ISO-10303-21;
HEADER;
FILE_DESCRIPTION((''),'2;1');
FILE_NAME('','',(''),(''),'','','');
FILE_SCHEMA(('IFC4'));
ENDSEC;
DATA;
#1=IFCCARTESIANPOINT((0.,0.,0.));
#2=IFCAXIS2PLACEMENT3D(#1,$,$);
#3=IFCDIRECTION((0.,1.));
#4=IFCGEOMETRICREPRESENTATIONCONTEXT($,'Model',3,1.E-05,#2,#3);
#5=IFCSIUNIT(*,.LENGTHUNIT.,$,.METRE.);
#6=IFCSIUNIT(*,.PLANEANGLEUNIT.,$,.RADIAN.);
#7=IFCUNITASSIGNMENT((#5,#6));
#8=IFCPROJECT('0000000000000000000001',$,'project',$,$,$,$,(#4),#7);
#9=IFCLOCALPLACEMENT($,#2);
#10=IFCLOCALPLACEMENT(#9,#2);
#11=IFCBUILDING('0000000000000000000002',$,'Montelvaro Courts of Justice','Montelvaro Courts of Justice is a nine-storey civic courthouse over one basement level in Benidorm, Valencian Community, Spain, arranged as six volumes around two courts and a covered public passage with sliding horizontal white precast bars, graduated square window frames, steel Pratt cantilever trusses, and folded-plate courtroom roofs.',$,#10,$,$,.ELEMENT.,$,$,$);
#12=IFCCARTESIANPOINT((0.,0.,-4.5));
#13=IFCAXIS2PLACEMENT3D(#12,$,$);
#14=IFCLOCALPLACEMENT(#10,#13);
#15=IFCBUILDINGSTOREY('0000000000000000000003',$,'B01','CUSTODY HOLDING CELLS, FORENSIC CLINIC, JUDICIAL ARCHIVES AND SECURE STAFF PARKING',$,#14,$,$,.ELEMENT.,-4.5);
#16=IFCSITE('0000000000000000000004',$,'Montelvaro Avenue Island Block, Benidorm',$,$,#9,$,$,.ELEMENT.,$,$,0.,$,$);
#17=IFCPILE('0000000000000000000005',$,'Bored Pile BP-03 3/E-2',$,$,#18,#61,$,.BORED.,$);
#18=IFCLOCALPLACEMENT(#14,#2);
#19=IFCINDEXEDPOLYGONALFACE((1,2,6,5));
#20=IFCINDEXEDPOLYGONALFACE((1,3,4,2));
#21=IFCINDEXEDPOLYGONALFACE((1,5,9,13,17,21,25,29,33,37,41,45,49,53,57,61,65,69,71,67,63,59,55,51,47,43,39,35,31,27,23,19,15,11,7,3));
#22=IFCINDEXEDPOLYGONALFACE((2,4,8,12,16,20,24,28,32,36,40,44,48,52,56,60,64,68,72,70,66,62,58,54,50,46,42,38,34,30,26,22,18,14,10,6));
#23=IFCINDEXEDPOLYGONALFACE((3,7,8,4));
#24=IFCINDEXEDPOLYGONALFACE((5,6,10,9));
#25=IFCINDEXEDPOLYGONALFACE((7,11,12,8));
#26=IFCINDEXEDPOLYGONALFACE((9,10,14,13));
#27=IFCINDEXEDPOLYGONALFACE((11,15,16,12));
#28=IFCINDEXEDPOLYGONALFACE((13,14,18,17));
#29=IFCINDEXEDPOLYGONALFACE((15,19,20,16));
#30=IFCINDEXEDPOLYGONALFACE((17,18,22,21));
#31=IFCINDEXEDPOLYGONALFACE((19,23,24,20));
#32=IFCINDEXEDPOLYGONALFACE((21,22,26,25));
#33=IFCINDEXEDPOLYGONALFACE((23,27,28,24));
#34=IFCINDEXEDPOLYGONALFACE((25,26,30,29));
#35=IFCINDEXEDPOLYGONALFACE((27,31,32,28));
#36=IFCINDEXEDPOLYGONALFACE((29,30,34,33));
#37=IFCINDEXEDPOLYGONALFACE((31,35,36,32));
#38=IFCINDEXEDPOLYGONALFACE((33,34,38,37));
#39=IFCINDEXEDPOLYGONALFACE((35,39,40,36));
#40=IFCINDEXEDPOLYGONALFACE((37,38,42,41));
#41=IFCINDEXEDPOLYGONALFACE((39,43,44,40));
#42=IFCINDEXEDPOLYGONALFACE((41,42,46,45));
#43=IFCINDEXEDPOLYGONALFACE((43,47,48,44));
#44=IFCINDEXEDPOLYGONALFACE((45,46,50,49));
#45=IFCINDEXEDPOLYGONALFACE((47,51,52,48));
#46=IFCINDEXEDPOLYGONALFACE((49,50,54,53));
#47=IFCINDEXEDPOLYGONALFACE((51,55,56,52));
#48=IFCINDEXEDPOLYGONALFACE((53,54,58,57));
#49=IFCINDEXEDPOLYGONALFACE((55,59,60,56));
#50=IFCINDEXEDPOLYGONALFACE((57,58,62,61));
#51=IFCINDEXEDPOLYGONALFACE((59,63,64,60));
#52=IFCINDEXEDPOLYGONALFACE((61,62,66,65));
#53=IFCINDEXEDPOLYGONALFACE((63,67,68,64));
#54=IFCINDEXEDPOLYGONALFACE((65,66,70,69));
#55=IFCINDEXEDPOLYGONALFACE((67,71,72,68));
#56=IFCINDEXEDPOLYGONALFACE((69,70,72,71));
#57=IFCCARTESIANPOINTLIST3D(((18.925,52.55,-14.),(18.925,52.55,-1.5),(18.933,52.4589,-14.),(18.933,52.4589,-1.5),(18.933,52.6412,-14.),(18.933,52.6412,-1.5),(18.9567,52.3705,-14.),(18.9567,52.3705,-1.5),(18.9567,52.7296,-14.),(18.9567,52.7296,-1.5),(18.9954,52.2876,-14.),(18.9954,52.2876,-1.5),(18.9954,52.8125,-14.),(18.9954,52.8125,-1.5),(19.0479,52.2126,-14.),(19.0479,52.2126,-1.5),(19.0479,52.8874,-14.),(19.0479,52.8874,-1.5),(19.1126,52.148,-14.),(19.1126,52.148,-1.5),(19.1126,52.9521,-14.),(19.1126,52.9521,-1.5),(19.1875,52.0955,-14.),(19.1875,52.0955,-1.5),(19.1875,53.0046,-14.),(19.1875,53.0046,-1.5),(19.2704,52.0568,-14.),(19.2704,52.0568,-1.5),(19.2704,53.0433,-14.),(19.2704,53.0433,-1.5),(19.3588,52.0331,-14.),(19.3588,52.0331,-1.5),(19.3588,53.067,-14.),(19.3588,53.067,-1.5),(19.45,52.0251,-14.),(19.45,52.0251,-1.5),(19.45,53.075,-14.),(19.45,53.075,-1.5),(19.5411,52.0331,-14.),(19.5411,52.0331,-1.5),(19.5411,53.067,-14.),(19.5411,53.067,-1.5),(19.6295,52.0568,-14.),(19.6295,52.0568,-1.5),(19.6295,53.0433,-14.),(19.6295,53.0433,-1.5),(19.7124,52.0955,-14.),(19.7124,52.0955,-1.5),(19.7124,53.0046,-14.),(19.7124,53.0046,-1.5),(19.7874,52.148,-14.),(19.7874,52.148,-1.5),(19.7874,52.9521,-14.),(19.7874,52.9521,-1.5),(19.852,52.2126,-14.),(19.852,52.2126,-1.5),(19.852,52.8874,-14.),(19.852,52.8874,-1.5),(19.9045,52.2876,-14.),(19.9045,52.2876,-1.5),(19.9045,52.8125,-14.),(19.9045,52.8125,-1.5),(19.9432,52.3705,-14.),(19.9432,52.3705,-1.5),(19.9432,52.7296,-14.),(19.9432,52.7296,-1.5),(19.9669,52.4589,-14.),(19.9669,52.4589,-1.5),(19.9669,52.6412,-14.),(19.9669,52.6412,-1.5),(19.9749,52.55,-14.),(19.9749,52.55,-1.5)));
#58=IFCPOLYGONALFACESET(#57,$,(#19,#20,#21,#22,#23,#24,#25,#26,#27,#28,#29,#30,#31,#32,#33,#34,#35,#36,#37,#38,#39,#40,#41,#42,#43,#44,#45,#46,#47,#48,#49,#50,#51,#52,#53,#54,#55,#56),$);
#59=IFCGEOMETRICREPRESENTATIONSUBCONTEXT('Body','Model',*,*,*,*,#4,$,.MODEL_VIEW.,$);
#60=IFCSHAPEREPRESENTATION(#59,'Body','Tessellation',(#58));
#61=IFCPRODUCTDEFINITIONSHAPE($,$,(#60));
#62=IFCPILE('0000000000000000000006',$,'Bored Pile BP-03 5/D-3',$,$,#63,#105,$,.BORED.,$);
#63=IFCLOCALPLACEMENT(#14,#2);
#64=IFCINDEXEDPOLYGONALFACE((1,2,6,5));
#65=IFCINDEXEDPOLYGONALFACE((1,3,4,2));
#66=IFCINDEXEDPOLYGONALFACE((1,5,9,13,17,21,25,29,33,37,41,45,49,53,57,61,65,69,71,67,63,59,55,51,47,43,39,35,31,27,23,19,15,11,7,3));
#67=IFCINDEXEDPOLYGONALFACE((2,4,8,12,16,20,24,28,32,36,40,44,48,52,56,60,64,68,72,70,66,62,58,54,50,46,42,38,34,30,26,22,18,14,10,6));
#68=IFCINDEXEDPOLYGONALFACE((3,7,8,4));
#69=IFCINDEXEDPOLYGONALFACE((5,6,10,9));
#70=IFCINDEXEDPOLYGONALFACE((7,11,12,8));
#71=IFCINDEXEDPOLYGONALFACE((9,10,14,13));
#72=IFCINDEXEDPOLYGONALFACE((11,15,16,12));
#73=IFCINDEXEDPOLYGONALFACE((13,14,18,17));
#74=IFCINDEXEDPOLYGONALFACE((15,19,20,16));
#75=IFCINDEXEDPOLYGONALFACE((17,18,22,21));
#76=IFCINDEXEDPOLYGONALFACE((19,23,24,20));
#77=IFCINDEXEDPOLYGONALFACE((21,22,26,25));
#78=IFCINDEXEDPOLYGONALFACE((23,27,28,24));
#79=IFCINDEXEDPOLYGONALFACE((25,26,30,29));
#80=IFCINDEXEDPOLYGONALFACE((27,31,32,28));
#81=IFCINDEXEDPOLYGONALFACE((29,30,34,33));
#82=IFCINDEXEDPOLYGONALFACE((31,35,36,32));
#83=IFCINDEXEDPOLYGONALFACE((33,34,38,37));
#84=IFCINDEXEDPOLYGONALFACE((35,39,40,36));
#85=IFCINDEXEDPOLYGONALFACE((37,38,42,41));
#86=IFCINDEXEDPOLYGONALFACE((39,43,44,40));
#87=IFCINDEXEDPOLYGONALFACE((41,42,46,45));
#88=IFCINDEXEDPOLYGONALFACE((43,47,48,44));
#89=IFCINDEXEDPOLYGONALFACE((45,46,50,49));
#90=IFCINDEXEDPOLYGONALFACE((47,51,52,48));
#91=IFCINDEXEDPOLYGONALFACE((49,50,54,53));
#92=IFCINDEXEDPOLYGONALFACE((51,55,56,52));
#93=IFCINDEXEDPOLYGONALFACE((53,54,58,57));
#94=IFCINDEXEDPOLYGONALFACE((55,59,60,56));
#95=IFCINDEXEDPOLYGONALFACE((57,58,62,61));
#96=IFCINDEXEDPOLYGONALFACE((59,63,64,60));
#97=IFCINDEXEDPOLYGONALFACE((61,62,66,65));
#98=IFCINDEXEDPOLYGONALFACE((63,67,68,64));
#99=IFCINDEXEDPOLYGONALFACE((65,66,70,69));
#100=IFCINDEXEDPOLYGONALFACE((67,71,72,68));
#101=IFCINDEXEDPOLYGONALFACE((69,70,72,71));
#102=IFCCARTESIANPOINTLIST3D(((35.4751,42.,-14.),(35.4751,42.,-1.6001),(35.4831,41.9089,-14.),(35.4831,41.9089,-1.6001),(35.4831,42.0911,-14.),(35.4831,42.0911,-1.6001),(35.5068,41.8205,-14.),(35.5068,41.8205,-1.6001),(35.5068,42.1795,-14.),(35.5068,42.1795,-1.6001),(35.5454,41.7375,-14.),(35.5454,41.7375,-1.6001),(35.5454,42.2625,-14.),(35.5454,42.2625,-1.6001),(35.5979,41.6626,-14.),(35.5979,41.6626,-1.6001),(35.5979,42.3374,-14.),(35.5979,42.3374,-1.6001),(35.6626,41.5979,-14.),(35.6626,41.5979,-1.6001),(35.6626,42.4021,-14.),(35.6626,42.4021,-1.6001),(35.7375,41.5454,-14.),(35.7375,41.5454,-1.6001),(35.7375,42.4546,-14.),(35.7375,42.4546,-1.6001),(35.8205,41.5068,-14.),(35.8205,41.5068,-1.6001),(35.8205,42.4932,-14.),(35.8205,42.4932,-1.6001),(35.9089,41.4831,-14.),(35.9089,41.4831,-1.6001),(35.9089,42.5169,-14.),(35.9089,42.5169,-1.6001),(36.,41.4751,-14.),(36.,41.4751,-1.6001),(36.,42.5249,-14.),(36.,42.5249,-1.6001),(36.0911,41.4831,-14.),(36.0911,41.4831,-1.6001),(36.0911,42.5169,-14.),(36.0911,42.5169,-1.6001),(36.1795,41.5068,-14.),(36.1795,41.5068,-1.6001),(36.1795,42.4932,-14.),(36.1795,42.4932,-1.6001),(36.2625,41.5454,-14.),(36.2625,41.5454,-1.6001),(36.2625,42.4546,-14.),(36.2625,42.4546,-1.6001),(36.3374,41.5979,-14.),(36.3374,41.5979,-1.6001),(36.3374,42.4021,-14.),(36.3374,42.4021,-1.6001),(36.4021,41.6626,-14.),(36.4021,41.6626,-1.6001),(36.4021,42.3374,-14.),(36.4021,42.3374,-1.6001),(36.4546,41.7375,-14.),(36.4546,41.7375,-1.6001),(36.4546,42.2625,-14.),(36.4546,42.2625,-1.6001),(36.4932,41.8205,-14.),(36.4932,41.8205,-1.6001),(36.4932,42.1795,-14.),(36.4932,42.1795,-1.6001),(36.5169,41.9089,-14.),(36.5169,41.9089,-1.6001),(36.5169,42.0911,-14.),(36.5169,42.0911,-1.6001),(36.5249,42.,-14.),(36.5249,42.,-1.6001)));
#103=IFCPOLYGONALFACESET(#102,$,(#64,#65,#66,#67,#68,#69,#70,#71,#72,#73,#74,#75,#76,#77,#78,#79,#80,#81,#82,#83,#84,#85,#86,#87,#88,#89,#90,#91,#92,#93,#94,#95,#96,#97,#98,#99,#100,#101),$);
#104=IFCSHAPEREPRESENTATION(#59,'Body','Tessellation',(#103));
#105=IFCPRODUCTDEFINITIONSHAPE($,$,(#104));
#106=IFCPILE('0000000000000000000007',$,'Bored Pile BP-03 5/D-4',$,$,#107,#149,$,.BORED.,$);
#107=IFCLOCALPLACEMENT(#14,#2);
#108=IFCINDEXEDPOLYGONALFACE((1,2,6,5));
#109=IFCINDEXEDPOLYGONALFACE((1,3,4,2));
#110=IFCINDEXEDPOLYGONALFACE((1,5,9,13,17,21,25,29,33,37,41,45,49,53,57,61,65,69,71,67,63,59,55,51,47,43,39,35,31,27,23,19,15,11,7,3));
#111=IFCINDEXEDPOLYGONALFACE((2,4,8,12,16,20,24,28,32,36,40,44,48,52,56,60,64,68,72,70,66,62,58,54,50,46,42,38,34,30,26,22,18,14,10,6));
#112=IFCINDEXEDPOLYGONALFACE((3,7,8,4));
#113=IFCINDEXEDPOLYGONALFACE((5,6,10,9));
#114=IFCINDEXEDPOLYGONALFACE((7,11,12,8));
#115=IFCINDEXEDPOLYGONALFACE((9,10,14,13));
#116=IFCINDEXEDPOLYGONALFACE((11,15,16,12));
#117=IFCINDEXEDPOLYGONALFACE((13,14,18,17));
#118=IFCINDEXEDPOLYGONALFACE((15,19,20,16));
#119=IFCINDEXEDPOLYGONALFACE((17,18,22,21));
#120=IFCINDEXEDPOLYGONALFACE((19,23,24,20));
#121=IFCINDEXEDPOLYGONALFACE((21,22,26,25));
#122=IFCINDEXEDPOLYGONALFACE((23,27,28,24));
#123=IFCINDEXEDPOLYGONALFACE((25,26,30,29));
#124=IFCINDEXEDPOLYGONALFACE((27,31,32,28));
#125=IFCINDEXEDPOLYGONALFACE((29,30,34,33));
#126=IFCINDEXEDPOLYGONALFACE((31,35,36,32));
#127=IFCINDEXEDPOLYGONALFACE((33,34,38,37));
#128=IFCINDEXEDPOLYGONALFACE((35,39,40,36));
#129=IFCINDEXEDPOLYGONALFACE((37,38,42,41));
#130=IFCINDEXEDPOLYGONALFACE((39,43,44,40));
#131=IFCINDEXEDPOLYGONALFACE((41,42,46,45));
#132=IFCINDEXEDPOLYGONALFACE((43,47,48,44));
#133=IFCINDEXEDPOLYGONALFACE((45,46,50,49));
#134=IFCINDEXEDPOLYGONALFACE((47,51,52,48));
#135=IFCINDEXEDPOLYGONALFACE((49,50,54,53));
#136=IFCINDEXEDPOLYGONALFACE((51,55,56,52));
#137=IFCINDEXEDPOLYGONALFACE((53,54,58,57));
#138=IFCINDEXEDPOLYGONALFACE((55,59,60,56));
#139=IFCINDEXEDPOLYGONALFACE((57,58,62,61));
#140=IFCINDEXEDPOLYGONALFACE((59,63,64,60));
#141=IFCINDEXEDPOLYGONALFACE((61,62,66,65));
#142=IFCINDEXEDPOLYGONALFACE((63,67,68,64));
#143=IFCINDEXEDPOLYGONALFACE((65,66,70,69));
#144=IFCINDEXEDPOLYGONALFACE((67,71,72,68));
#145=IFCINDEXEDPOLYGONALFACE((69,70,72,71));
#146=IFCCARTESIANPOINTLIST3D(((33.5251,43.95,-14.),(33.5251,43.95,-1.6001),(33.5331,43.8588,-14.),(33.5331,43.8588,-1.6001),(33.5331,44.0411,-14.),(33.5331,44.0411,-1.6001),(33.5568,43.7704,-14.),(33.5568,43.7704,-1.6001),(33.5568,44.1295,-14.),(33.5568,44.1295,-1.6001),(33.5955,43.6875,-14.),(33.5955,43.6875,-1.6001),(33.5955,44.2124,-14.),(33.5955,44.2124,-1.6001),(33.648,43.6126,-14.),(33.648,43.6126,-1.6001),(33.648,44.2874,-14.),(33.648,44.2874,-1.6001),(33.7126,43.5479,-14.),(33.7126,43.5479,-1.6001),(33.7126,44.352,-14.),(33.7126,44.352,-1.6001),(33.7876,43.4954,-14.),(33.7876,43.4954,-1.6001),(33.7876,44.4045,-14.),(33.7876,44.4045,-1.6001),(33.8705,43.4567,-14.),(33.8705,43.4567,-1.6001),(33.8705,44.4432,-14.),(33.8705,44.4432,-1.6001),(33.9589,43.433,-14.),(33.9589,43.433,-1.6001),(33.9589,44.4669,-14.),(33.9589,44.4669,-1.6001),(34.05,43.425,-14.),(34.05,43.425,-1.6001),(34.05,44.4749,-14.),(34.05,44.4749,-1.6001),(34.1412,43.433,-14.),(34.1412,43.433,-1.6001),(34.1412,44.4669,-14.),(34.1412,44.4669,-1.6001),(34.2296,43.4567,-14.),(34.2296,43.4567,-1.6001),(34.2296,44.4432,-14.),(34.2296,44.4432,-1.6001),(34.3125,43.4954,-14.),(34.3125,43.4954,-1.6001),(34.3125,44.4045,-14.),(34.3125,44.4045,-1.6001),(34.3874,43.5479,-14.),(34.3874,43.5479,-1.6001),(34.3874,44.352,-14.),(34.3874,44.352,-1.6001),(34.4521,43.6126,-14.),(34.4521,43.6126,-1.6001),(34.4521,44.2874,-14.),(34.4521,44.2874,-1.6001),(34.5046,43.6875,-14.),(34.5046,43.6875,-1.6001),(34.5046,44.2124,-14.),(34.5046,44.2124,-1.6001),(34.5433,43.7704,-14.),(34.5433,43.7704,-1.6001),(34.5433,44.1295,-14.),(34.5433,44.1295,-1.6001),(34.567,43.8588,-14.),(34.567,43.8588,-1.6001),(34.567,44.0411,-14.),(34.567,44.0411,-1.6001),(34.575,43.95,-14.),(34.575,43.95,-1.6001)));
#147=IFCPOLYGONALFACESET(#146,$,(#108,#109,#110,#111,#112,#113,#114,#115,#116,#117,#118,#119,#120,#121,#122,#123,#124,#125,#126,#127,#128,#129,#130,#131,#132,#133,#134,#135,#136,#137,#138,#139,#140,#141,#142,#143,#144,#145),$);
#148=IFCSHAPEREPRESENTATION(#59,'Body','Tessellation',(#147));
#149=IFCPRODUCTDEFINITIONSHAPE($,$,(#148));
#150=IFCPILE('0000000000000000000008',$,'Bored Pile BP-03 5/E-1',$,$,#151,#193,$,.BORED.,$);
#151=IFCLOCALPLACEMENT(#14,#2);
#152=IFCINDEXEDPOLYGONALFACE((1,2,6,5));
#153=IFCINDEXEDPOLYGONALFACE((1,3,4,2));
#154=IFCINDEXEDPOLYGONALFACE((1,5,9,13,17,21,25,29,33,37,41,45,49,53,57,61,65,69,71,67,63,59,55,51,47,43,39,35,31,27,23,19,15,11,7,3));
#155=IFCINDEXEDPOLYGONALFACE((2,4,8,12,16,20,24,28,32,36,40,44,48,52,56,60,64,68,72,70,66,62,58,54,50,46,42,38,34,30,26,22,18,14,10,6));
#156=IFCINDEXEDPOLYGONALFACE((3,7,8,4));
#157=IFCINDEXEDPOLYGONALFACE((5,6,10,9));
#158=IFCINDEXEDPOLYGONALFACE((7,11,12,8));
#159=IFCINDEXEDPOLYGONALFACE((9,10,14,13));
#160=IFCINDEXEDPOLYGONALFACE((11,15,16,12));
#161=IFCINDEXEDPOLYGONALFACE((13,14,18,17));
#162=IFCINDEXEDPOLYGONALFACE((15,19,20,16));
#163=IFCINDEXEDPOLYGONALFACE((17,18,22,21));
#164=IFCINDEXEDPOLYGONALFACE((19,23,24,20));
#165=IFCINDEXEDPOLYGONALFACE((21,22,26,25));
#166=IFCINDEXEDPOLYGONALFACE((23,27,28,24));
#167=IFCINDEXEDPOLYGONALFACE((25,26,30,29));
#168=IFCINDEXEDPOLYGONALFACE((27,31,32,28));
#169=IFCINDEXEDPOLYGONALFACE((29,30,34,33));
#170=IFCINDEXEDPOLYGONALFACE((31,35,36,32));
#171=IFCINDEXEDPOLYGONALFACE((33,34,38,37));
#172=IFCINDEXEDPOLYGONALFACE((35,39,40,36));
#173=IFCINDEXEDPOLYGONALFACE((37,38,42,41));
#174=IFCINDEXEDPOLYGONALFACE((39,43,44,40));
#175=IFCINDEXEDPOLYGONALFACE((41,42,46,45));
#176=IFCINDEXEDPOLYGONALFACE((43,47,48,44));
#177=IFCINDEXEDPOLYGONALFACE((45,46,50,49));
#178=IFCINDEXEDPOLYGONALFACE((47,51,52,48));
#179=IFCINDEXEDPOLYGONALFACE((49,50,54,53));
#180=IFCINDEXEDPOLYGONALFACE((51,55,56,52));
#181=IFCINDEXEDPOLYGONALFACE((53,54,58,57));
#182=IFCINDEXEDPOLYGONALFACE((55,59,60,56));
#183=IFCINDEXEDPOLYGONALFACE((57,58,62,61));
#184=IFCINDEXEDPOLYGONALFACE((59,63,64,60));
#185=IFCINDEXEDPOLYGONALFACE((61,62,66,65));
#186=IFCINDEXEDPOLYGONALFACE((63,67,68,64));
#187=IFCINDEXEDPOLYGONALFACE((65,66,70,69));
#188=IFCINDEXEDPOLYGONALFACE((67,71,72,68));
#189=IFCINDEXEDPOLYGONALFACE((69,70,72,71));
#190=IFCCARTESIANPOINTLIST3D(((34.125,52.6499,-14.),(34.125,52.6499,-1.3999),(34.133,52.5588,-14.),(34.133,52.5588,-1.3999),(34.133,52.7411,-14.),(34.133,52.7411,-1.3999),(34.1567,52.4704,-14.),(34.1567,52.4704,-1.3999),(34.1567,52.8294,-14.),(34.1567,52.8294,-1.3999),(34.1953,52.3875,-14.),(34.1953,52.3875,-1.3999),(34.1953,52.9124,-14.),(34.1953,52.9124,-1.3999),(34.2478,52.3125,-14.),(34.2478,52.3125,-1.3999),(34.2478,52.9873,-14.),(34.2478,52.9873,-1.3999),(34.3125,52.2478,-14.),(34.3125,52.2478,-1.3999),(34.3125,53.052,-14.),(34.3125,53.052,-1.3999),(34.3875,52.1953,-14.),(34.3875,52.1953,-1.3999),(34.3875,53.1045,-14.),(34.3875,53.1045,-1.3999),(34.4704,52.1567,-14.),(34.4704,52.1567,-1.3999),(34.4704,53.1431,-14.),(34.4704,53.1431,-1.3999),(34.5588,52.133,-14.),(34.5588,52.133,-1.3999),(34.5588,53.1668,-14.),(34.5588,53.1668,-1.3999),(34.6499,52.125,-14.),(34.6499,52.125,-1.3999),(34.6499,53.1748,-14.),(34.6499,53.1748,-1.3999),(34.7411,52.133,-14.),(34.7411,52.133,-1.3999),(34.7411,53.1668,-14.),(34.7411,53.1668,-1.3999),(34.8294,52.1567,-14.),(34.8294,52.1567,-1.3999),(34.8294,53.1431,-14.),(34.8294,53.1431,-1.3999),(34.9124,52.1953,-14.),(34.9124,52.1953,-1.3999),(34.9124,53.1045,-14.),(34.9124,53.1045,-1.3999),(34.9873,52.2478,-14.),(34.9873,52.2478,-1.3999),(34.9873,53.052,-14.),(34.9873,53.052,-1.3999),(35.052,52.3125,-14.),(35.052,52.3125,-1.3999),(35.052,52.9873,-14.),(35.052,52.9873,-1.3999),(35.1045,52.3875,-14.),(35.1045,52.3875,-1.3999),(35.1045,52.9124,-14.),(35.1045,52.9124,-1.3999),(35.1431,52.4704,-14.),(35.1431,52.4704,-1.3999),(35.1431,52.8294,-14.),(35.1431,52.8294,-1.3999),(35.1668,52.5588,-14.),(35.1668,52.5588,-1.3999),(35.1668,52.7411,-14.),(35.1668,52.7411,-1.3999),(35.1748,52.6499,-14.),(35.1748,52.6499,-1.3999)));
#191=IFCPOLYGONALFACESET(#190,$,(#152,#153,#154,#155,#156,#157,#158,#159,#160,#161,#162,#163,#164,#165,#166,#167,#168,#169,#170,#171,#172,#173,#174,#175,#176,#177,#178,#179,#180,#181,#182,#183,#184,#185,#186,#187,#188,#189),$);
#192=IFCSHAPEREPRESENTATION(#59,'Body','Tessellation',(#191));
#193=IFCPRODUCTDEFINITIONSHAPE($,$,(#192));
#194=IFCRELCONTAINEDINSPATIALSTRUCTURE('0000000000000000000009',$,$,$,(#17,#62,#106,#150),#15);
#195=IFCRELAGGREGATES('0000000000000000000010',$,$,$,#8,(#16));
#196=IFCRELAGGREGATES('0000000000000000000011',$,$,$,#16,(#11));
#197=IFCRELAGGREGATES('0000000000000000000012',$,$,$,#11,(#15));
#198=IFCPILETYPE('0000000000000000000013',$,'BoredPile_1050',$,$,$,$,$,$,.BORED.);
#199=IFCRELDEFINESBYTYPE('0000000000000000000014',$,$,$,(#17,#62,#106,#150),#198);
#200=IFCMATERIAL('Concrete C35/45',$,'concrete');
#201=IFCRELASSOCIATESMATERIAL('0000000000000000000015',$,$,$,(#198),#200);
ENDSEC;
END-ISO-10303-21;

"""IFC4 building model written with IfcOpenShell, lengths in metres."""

from ifc_helpers import new_model, si_unit, direction, frame, origin, origin_2d, place, context, subcontext, project, spatial, circle, extrude, material, material_profile, profile_set, type_object, element, save


model = new_model("IFC4")

# Units and contexts
model_context = context("Model", 3, precision=1e-05, world=origin(), true_north=direction((0.0, 1.0)))
body_context = subcontext(model_context, "Body", "Model", "MODEL_VIEW")
ifc_project = project(units=[si_unit("LENGTHUNIT", "METRE"), si_unit("PLANEANGLEUNIT", "RADIAN")], contexts=[model_context])

# Site, building, storey
site_placement = place(None, origin())
site = spatial("IfcSite", under=ifc_project, at=site_placement, Name="Montelvaro Avenue Island Block, Benidorm", CompositionType="ELEMENT", RefElevation=0.0)
building_placement = place(site_placement, origin())
building = spatial("IfcBuilding", under=site, at=building_placement, Name="Montelvaro Courts of Justice", Description="Montelvaro Courts of Justice is a nine-storey civic courthouse over one basement level in Benidorm, Valencian Community, Spain, arranged as six volumes around two courts and a covered public passage with sliding horizontal white precast bars, graduated square window frames, steel Pratt cantilever trusses, and folded-plate courtroom roofs.", CompositionType="ELEMENT")
storey_placement = place(building_placement, frame((0.0, 0.0, -4.5)))
storey = spatial("IfcBuildingStorey", under=building, at=storey_placement, Name="B01", Description="CUSTODY HOLDING CELLS, FORENSIC CLINIC, JUDICIAL ARCHIVES AND SECURE STAFF PARKING", CompositionType="ELEMENT", Elevation=-4.5)

# Piles
ifc_material_1 = material(Name="Concrete C35/45", Category="concrete")
ifc_material_profile_1 = material_profile(ifc_material_1, circle(Radius=0.5249, at=origin_2d()), Name="BORED PILE D1050")
ifc_profile_set_1 = profile_set([ifc_material_profile_1], Name="Concrete C35/45")
pile_type_1 = type_object("IfcPileType", Name="BoredPile_1050", PredefinedType="BORED", material=ifc_profile_set_1)
pile_1_placement = place(storey_placement, frame((19.45, 52.55, -1.5), z_axis=(0.0, 0.0, -1.0), x_axis=(1.0, 0.0, 0.0)))
element("IfcPile", 1, at=pile_1_placement, inside=storey, type_object=pile_type_1, Name="Bored Pile BP-03 3/E-2", PredefinedType="BORED", context=body_context, shape_type="SweptSolid", body=[
    extrude(circle(Radius=0.5249, at=origin_2d()), origin(), (0.0, 0.0, 1.0), 12.5),
])
for number, where, z_axis, x_axis, name in (
    (2, (36.0, 42.0, -1.6001), (0.0, 0.0, -1.0), (1.0, 0.0, 0.0), "Bored Pile BP-03 5/D-3"),
    (3, (34.05, 43.95, -1.6001), (0.0, 0.0, -1.0), (1.0, 0.0, 0.0), "Bored Pile BP-03 5/D-4"),
):
    element("IfcPile", number, at=place(storey_placement, frame(where, z_axis=z_axis, x_axis=x_axis)), inside=storey, type_object=pile_type_1, Name=name, PredefinedType="BORED", context=body_context, shape_type="SweptSolid", body=[
        extrude(circle(Radius=0.5249, at=origin_2d()), origin(), (0.0, 0.0, 1.0), 12.3999),
    ])
pile_2_placement = place(storey_placement, frame((34.6499, 52.6499, -1.3999), z_axis=(0.0, 0.0, -1.0), x_axis=(1.0, 0.0, 0.0)))
element("IfcPile", 4, at=pile_2_placement, inside=storey, type_object=pile_type_1, Name="Bored Pile BP-03 5/E-1", PredefinedType="BORED", context=body_context, shape_type="SweptSolid", body=[
    extrude(circle(Radius=0.5249, at=origin_2d()), origin(), (0.0, 0.0, 1.0), 12.6001),
])

save(model, "model.ifc")
